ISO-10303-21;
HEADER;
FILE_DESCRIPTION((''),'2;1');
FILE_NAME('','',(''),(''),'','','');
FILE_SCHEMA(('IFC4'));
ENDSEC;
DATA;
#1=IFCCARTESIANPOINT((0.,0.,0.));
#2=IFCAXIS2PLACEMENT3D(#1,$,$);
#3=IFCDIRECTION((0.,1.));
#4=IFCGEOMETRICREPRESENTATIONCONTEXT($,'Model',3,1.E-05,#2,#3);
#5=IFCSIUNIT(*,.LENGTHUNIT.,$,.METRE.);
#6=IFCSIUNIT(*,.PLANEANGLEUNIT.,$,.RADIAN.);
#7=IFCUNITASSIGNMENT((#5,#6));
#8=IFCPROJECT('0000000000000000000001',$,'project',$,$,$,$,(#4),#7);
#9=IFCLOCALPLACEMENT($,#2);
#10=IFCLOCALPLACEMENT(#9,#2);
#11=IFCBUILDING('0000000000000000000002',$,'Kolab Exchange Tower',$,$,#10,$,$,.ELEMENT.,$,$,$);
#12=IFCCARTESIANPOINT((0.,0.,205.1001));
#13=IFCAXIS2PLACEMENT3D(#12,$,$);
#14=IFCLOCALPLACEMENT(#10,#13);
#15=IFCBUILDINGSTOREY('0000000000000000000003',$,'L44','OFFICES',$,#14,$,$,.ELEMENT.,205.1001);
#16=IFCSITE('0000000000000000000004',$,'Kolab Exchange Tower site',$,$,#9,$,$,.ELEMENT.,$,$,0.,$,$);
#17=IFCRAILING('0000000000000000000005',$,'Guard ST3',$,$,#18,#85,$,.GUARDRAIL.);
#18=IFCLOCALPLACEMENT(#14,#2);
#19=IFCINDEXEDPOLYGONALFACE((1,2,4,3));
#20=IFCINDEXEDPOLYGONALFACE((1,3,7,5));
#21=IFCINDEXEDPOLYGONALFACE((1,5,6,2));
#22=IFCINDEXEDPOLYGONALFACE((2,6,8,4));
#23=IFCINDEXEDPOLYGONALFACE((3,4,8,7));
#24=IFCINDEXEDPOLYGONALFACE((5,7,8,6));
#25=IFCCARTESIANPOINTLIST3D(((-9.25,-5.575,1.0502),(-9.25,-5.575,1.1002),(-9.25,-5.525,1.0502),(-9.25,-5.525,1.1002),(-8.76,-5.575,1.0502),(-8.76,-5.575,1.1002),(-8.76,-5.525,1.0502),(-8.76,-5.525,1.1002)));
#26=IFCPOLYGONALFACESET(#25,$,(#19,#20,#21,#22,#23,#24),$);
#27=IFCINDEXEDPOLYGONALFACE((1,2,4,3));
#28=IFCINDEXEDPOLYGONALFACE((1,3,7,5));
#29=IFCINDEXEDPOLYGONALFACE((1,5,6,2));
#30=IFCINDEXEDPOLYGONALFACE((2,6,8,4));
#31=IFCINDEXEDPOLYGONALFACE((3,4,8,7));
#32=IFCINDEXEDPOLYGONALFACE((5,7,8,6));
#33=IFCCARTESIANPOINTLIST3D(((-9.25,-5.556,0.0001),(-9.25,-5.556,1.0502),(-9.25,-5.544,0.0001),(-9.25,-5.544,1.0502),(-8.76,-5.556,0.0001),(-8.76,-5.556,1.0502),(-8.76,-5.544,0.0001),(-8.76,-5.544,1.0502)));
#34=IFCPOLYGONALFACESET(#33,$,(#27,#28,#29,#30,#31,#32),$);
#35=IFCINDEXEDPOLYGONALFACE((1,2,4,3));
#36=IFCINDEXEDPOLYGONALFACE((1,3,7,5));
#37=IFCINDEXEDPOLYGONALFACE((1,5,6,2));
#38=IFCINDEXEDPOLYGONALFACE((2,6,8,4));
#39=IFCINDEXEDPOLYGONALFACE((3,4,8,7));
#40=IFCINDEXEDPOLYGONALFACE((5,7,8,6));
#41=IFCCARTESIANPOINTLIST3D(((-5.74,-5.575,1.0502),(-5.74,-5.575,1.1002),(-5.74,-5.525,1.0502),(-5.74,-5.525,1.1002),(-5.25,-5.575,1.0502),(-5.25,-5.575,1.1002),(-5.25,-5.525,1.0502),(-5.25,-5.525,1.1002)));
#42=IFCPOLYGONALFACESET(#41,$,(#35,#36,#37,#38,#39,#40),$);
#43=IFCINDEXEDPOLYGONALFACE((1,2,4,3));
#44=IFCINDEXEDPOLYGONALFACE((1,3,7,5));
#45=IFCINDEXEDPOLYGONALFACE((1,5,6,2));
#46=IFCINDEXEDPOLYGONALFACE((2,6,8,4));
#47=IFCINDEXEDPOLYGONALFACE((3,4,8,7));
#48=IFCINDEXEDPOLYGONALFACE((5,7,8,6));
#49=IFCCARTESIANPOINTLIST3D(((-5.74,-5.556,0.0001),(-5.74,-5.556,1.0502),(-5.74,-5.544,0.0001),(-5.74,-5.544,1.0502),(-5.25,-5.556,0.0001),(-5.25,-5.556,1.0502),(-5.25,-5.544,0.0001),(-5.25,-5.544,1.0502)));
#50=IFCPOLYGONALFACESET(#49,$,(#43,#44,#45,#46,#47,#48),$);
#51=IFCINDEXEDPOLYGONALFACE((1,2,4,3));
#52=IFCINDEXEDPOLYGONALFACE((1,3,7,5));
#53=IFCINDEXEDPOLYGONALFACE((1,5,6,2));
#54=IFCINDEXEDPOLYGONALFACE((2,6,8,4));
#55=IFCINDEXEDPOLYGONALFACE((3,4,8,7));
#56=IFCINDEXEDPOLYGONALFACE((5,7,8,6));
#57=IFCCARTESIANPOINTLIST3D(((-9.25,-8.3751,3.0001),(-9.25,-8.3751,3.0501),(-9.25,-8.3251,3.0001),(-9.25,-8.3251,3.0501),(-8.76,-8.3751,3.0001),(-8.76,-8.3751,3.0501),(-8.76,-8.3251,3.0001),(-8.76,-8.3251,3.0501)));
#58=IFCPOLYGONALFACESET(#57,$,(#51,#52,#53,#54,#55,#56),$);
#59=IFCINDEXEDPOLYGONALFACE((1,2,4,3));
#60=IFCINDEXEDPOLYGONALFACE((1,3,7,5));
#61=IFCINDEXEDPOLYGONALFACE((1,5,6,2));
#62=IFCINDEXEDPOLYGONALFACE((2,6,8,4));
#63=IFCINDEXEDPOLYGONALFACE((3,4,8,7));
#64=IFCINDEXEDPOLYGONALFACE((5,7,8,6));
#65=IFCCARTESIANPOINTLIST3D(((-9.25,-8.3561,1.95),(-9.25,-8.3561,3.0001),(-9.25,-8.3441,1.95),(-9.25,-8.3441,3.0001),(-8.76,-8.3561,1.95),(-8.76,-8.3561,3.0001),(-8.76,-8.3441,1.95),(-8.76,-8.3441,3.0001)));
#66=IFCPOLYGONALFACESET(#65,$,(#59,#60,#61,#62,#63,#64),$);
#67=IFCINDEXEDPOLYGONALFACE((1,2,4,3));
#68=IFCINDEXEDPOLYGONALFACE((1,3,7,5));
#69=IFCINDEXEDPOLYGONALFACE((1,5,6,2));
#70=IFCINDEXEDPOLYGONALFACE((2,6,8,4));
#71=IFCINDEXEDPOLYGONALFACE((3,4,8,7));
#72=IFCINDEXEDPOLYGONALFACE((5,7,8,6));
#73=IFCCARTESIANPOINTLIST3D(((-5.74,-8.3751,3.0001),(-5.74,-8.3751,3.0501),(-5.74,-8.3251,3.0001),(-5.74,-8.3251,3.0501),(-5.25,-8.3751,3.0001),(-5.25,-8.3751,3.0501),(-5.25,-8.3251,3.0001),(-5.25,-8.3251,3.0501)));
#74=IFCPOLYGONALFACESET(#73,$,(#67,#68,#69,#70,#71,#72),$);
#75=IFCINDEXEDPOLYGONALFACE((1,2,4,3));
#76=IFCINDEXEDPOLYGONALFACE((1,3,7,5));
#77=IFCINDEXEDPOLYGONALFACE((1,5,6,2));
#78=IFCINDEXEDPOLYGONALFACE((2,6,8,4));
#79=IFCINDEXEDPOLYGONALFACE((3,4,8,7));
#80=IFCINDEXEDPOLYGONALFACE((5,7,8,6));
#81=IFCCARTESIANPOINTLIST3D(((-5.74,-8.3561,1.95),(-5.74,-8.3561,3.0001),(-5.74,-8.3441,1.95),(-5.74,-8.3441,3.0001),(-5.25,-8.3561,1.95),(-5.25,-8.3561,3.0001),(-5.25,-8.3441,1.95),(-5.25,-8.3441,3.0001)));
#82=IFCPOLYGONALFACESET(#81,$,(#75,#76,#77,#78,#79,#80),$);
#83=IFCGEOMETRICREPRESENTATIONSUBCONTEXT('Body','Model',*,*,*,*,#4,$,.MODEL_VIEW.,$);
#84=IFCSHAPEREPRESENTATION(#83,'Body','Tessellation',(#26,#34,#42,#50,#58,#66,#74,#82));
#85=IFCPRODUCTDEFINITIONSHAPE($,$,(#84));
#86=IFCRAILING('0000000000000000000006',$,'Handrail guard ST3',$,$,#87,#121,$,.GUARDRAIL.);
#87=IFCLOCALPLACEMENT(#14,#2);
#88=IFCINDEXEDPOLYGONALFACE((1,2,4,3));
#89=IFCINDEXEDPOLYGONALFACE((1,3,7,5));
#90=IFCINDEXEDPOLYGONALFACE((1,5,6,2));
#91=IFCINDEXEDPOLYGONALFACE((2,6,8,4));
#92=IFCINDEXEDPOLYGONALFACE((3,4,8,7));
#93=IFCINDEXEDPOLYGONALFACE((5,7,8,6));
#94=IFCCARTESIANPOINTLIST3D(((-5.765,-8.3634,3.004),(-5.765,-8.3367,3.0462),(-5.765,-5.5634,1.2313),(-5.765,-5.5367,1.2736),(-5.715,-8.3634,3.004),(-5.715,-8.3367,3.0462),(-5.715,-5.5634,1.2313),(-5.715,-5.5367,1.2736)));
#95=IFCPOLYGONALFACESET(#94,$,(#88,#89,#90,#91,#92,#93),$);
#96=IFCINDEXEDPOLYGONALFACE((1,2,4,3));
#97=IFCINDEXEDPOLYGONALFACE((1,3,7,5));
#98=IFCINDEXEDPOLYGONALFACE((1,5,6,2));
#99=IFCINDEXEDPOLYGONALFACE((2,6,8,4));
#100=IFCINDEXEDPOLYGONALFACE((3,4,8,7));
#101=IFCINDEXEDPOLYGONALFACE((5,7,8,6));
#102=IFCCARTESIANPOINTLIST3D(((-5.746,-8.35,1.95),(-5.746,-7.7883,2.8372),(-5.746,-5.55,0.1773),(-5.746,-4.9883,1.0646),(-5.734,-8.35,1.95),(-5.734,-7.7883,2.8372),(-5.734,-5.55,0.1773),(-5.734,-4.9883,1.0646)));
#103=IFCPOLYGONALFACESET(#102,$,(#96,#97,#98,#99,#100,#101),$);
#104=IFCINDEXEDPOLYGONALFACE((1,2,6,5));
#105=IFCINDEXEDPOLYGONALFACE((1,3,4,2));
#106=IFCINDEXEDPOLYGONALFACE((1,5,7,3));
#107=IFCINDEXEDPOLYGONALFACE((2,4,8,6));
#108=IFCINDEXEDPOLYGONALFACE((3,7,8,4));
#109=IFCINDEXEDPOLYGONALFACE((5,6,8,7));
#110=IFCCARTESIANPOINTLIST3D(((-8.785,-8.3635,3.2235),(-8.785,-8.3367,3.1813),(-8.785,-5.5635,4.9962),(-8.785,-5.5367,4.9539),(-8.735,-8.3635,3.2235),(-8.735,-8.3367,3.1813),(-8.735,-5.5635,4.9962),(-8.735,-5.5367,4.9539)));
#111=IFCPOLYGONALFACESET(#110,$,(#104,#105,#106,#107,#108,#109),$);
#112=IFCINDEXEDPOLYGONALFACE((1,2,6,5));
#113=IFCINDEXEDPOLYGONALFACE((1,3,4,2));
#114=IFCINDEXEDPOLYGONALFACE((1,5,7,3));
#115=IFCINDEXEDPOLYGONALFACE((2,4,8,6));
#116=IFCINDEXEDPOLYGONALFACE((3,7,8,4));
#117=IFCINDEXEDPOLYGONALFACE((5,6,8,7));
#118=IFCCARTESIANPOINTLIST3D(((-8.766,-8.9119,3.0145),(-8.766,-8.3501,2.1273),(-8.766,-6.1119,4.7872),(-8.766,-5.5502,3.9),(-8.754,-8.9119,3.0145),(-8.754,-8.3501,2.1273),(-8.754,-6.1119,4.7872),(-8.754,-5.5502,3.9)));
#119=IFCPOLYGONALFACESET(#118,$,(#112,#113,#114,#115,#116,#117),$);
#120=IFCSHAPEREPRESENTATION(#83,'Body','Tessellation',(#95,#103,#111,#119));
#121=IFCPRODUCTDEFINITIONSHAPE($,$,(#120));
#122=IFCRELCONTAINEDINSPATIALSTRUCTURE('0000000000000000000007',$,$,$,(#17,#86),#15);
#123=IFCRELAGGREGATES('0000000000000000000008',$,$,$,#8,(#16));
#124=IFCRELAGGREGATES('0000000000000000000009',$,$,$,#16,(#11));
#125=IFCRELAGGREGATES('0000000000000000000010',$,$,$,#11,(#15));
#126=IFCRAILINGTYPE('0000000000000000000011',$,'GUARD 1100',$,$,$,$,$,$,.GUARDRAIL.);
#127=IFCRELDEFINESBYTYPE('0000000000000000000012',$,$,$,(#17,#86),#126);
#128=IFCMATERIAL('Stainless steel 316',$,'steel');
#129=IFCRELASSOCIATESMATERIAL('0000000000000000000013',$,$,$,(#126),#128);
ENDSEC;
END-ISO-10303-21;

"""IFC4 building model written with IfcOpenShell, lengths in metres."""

from ifc_helpers import new_model, si_unit, direction, frame, frame_2d, origin, origin_2d, place, context, subcontext, project, spatial, rectangle, extrude, material, type_object, element, save


model = new_model("IFC4")

# Units and contexts
model_context = context("Model", 3, precision=1e-05, world=origin(), true_north=direction((0.0, 1.0)))
body_context = subcontext(model_context, "Body", "Model", "MODEL_VIEW")
ifc_project = project(units=[si_unit("LENGTHUNIT", "METRE"), si_unit("PLANEANGLEUNIT", "RADIAN")], contexts=[model_context])

# Site, building, storey
site_placement = place(None, origin())
site = spatial("IfcSite", under=ifc_project, at=site_placement, Name="Kolab Exchange Tower site", CompositionType="ELEMENT", RefElevation=0.0)
building_placement = place(site_placement, origin())
building = spatial("IfcBuilding", under=site, at=building_placement, Name="Kolab Exchange Tower", CompositionType="ELEMENT")
storey_placement = place(building_placement, frame((0.0, 0.0, 205.1001)))
storey = spatial("IfcBuildingStorey", under=building, at=storey_placement, Name="L44", Description="OFFICES", CompositionType="ELEMENT", Elevation=205.1001)

# Shared definitions
ifc_material_1 = material(Name="Stainless steel 316", Category="steel")

# Railings
railing_type = type_object("IfcRailingType", Name="GUARD 1100", PredefinedType="GUARDRAIL", material=ifc_material_1)
railing_1_placement = place(storey_placement, frame((-9.25, -5.55, 0.0)))
element("IfcRailing", 1, at=railing_1_placement, inside=storey, type_object=railing_type, Name="Guard ST3", PredefinedType="GUARDRAIL", context=body_context, shape_type="SweptSolid", body=[
    extrude(rectangle(XDim=0.05, YDim=0.05, at=origin_2d()), frame((0.0, 0.0, 1.0752), z_axis=(1.0, 0.0, 0.0), x_axis=(0.0, 1.0, 0.0)), (0.0, 0.0, 1.0), 0.49),
    extrude(rectangle(XDim=0.012, YDim=1.0501, at=frame_2d((0.0, 0.5251))), frame((0.0, 0.0, 0.0), z_axis=(1.0, 0.0, 0.0), x_axis=(0.0, 1.0, 0.0)), (0.0, 0.0, 1.0), 0.49),
    extrude(rectangle(XDim=0.05, YDim=0.05, at=origin_2d()), frame((3.51, 0.0, 1.0752), z_axis=(1.0, 0.0, 0.0), x_axis=(0.0, 1.0, 0.0)), (0.0, 0.0, 1.0), 0.49),
    extrude(rectangle(XDim=0.012, YDim=1.0501, at=frame_2d((0.0, 0.5251))), frame((3.51, 0.0, 0.0), z_axis=(1.0, 0.0, 0.0), x_axis=(0.0, 1.0, 0.0)), (0.0, 0.0, 1.0), 0.49),
    extrude(rectangle(XDim=0.05, YDim=0.05, at=origin_2d()), frame((0.0, -2.8, 3.0251), z_axis=(1.0, 0.0, 0.0), x_axis=(0.0, 1.0, 0.0)), (0.0, 0.0, 1.0), 0.49),
    extrude(rectangle(XDim=0.012, YDim=1.0501, at=frame_2d((0.0, 0.5251))), frame((0.0, -2.8, 1.95), z_axis=(1.0, 0.0, 0.0), x_axis=(0.0, 1.0, 0.0)), (0.0, 0.0, 1.0), 0.49),
    extrude(rectangle(XDim=0.05, YDim=0.05, at=origin_2d()), frame((3.51, -2.8, 3.0251), z_axis=(1.0, 0.0, 0.0), x_axis=(0.0, 1.0, 0.0)), (0.0, 0.0, 1.0), 0.49),
    extrude(rectangle(XDim=0.012, YDim=1.0501, at=frame_2d((0.0, 0.5251))), frame((3.51, -2.8, 1.95), z_axis=(1.0, 0.0, 0.0), x_axis=(0.0, 1.0, 0.0)), (0.0, 0.0, 1.0), 0.49),
])
railing_2_placement = place(storey_placement, frame((-5.74, -5.55, 0.1772)))
element("IfcRailing", 2, at=railing_2_placement, inside=storey, type_object=railing_type, Name="Handrail guard ST3", PredefinedType="GUARDRAIL", context=body_context, shape_type="SweptSolid", body=[
    extrude(rectangle(XDim=0.05, YDim=0.05, at=origin_2d()), frame((0.0, 0.0, 1.0752), z_axis=(0.0, -0.844909, 0.53491), x_axis=(1.0, 0.0, 0.0)), (0.0, 0.0, 1.0), 3.314),
    extrude(rectangle(XDim=0.012, YDim=1.0501, at=frame_2d((0.0, 0.5251))), frame((0.0, 0.0, 0.0), z_axis=(0.0, -0.844909, 0.53491), x_axis=(1.0, 0.0, 0.0)), (0.0, 0.0, 1.0), 3.314),
    extrude(rectangle(XDim=0.05, YDim=0.05, at=origin_2d()), frame((-3.02, -2.8, 3.0251), z_axis=(0.0, 0.844909, 0.53491), x_axis=(-1.0, 0.0, 0.0)), (0.0, 0.0, 1.0), 3.314),
    extrude(rectangle(XDim=0.012, YDim=1.0501, at=frame_2d((0.0, 0.5251))), frame((-3.02, -2.8, 1.95), z_axis=(0.0, 0.844909, 0.53491), x_axis=(-1.0, 0.0, 0.0)), (0.0, 0.0, 1.0), 3.314),
])

save(model, "model.ifc")
